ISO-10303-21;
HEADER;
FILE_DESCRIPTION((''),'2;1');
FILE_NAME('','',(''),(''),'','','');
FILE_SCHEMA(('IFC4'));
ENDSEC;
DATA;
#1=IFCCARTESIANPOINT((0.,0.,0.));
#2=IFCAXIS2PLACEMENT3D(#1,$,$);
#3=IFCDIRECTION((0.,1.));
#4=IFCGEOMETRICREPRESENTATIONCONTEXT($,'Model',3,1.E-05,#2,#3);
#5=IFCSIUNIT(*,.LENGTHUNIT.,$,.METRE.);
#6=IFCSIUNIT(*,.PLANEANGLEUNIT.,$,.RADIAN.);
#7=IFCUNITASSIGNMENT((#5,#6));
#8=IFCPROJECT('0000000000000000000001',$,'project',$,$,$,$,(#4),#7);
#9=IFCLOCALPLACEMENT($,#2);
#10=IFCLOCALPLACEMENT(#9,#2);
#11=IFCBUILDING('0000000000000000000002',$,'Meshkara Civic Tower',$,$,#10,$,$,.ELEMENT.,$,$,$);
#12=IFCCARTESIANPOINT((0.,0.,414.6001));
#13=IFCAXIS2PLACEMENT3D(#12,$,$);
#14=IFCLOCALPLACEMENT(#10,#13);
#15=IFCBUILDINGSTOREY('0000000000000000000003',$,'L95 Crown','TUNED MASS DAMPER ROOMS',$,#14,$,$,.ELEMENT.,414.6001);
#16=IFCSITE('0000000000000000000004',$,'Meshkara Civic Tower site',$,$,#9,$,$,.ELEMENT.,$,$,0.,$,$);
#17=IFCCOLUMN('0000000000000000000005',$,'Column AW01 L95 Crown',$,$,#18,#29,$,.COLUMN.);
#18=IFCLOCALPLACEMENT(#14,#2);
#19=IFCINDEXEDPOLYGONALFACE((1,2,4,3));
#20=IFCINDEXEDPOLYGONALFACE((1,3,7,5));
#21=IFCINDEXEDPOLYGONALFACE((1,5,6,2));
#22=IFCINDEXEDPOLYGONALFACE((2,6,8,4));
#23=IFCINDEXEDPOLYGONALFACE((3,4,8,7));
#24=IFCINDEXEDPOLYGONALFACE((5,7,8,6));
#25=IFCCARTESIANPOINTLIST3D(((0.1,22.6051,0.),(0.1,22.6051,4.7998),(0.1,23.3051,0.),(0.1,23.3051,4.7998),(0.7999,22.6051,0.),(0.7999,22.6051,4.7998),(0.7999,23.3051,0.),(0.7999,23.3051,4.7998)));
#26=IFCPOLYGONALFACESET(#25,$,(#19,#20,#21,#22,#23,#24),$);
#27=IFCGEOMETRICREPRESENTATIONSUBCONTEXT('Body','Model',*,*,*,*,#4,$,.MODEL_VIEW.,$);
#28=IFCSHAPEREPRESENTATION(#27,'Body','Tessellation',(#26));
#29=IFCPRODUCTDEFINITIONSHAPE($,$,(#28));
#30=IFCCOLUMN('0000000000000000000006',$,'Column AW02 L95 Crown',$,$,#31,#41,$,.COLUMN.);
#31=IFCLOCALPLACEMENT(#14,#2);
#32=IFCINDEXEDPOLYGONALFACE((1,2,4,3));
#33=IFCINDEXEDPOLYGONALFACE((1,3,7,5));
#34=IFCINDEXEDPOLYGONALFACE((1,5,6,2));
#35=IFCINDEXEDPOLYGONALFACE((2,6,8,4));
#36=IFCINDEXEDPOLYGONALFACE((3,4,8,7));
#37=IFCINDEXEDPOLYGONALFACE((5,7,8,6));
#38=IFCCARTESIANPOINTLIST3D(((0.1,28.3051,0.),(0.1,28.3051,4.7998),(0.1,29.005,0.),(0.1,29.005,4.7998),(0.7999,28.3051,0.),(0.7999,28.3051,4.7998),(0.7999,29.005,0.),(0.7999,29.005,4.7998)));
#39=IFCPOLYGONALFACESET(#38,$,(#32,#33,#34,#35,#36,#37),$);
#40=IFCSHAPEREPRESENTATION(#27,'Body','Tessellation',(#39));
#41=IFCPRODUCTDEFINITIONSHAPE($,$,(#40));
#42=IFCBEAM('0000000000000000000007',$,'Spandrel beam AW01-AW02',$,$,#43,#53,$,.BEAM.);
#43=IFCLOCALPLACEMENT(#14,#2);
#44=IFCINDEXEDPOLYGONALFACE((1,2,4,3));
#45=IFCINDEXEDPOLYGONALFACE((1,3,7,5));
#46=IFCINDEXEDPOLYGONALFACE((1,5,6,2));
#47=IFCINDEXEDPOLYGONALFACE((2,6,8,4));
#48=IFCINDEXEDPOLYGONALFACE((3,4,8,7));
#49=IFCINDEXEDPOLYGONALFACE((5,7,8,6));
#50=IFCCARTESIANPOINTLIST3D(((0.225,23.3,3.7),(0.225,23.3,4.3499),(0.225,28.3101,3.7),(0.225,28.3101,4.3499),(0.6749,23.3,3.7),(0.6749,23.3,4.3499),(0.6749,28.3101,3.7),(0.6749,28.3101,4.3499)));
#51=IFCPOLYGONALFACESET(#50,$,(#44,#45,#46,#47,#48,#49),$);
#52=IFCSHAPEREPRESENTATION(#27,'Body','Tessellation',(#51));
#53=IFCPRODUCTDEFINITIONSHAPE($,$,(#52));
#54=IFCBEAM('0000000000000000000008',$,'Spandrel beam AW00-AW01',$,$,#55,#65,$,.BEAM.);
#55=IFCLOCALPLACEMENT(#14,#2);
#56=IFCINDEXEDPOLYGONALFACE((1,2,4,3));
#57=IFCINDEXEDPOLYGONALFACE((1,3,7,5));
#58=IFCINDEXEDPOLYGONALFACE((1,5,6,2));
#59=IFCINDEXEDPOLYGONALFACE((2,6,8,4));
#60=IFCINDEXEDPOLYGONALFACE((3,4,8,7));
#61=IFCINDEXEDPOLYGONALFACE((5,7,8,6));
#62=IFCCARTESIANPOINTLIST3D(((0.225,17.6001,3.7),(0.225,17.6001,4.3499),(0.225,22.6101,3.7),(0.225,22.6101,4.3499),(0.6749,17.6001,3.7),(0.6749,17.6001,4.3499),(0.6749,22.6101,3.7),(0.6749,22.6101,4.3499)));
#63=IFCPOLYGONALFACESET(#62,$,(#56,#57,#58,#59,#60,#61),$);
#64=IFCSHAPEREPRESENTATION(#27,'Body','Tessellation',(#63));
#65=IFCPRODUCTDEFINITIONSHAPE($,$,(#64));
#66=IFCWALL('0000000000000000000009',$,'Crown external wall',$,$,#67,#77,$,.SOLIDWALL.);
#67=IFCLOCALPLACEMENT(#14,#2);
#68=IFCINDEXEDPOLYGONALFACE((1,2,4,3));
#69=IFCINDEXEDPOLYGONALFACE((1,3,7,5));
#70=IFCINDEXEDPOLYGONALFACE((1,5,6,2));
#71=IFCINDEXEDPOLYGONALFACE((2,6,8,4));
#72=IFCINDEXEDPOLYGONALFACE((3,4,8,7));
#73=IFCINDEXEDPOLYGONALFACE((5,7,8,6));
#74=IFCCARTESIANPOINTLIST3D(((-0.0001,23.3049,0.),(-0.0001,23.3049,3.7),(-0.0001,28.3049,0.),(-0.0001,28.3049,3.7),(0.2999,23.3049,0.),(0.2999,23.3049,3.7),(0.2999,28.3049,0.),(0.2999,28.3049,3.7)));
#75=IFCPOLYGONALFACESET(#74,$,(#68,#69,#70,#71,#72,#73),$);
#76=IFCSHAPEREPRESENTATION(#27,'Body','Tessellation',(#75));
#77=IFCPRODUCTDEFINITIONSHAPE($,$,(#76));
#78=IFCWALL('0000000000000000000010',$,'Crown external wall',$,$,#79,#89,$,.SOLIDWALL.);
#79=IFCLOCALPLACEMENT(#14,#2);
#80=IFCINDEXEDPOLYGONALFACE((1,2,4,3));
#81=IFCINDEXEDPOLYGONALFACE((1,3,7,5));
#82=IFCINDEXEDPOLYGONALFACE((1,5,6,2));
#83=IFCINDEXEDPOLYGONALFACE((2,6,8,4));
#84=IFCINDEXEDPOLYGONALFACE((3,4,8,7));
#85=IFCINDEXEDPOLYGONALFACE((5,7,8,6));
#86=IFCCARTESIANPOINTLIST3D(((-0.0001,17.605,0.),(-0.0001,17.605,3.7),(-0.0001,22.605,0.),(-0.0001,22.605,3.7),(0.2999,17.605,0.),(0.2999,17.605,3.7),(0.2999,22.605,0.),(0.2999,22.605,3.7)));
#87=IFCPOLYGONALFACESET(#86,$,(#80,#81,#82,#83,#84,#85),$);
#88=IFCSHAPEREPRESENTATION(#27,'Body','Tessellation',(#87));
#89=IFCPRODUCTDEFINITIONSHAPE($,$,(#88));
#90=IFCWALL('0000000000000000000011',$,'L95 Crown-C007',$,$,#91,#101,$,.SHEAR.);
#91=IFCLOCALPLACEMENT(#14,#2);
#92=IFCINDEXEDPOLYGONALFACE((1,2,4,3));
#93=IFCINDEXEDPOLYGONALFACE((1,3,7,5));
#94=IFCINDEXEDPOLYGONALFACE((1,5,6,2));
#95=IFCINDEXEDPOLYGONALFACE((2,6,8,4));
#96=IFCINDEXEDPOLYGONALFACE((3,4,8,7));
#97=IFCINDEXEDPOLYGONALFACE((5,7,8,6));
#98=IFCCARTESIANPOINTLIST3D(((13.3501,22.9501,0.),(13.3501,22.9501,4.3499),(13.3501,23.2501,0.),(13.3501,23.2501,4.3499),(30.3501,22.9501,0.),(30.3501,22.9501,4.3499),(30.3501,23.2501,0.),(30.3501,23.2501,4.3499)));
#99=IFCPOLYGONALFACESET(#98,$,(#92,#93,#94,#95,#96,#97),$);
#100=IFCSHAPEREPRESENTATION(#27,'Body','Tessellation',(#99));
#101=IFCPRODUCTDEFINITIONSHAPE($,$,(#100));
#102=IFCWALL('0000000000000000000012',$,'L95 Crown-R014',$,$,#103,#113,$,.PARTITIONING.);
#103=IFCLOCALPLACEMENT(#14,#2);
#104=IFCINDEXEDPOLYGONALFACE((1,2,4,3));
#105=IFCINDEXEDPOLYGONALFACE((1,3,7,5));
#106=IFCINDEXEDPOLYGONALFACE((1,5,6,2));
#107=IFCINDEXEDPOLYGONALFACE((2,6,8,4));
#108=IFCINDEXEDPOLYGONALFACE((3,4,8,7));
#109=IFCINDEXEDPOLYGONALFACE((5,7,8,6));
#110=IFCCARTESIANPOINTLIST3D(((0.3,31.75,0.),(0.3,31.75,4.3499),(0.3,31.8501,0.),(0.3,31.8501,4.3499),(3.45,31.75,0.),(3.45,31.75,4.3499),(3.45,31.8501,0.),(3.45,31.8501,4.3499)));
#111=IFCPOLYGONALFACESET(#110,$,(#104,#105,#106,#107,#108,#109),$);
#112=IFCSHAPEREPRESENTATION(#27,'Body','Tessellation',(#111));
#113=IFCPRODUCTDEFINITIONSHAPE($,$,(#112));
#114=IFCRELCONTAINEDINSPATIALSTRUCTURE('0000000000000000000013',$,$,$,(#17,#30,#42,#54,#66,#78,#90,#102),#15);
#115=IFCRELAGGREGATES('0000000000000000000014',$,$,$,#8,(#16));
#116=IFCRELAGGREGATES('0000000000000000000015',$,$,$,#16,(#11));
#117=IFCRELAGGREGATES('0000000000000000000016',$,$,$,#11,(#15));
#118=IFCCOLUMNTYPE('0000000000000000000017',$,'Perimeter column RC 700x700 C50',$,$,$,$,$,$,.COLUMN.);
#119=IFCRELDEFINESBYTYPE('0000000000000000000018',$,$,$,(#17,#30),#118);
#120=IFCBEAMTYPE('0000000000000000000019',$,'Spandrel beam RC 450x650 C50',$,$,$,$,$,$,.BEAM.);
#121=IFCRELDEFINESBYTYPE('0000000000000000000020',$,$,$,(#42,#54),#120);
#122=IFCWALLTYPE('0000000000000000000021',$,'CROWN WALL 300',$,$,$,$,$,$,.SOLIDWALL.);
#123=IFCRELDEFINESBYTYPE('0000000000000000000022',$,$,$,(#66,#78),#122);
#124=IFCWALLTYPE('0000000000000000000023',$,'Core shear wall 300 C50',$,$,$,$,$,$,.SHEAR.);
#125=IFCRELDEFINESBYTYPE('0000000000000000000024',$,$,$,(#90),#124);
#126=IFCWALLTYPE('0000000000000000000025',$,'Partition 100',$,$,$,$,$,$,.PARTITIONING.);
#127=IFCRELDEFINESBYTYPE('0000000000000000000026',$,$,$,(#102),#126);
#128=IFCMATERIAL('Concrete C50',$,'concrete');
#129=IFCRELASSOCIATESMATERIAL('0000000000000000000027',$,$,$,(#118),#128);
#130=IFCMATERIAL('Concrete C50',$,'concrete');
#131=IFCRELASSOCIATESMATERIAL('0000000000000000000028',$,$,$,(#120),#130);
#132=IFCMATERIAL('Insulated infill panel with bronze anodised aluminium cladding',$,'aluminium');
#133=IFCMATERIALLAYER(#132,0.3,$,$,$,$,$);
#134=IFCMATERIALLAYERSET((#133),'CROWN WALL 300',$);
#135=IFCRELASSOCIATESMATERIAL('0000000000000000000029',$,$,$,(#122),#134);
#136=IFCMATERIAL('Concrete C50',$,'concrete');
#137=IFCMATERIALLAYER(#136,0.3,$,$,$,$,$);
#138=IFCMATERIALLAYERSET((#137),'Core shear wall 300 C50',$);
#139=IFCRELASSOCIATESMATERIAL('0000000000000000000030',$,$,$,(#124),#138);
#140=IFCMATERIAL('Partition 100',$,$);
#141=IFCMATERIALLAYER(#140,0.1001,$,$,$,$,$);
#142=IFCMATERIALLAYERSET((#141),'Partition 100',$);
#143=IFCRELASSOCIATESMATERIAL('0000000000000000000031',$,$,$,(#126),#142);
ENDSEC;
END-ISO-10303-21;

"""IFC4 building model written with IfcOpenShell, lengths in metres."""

from ifc_helpers import new_model, si_unit, direction, frame, frame_2d, origin, origin_2d, place, context, subcontext, project, spatial, rectangle, extrude, material, layer, layer_set, material_profile, profile_set, type_object, element, save


model = new_model("IFC4")

# Units and contexts
model_context = context("Model", 3, precision=1e-05, world=origin(), true_north=direction((0.0, 1.0)))
body_context = subcontext(model_context, "Body", "Model", "MODEL_VIEW")
ifc_project = project(units=[si_unit("LENGTHUNIT", "METRE"), si_unit("PLANEANGLEUNIT", "RADIAN")], contexts=[model_context])

# Site, building, storey
site_placement = place(None, origin())
site = spatial("IfcSite", under=ifc_project, at=site_placement, Name="Meshkara Civic Tower site", CompositionType="ELEMENT", RefElevation=0.0)
building_placement = place(site_placement, origin())
building = spatial("IfcBuilding", under=site, at=building_placement, Name="Meshkara Civic Tower", CompositionType="ELEMENT")
storey_placement = place(building_placement, frame((0.0, 0.0, 414.6001)))
storey = spatial("IfcBuildingStorey", under=building, at=storey_placement, Name="L95 Crown", Description="TUNED MASS DAMPER ROOMS", CompositionType="ELEMENT", Elevation=414.6001)

# Columns
ifc_material_1 = material(Name="Concrete C50", Category="concrete")
ifc_material_profile_1 = material_profile(ifc_material_1, rectangle(XDim=0.7, YDim=0.7, at=origin_2d()))
ifc_profile_set_1 = profile_set([ifc_material_profile_1], Name="Concrete C50")
column_type = type_object("IfcColumnType", Name="Perimeter column RC 700x700 C50", PredefinedType="COLUMN", material=ifc_profile_set_1)
for number, where, z_axis, x_axis, name in (
    (1, (0.45, 22.9551, 0.0), (0.0, 0.0, 1.0), (1.0, 0.0, 0.0), "Column AW01 L95 Crown"),
    (2, (0.45, 28.655, 0.0), (0.0, 0.0, 1.0), (1.0, 0.0, 0.0), "Column AW02 L95 Crown"),
):
    element("IfcColumn", number, at=place(storey_placement, frame(where, z_axis=z_axis, x_axis=x_axis)), inside=storey, type_object=column_type, Name=name, PredefinedType="COLUMN", context=body_context, shape_type="SweptSolid", body=[
        extrude(rectangle(XDim=0.7, YDim=0.7, at=origin_2d()), origin(), (0.0, 0.0, 1.0), 4.7998),
    ])

# Beams
ifc_material_2 = material(Name="Concrete C50", Category="concrete")
ifc_material_profile_2 = material_profile(ifc_material_2, rectangle(XDim=0.45, YDim=0.6499, at=origin_2d()))
ifc_profile_set_2 = profile_set([ifc_material_profile_2], Name="Concrete C50")
beam_type = type_object("IfcBeamType", Name="Spandrel beam RC 450x650 C50", PredefinedType="BEAM", material=ifc_profile_set_2)
for number, where, z_axis, x_axis, name in (
    (3, (0.45, 28.3101, 4.0249), (0.0, -1.0, 0.0), (1.0, 0.0, 0.0), "Spandrel beam AW01-AW02"),
    (4, (0.45, 22.6101, 4.0249), (0.0, -1.0, 0.0), (1.0, 0.0, 0.0), "Spandrel beam AW00-AW01"),
):
    element("IfcBeam", number, at=place(storey_placement, frame(where, z_axis=z_axis, x_axis=x_axis)), inside=storey, type_object=beam_type, Name=name, PredefinedType="BEAM", context=body_context, shape_type="SweptSolid", body=[
        extrude(rectangle(XDim=0.45, YDim=0.6499, at=origin_2d()), origin(), (0.0, 0.0, 1.0), 5.01),
    ])

# Walls
ifc_material_3 = material(Name="Insulated infill panel with bronze anodised aluminium cladding", Category="aluminium")
ifc_layer_1 = layer(ifc_material_3, 0.3)
ifc_layer_set_1 = layer_set([ifc_layer_1], Name="CROWN WALL 300")
wall_type_1 = type_object("IfcWallType", Name="CROWN WALL 300", PredefinedType="SOLIDWALL", material=ifc_layer_set_1)
for number, where, z_axis, x_axis, name in (
    (5, (0.1499, 28.3049, 0.0), (0.0, 0.0, 1.0), (0.0, -1.0, 0.0), "Crown external wall"),
    (6, (0.1499, 22.605, 0.0), (0.0, 0.0, 1.0), (0.0, -1.0, 0.0), "Crown external wall"),
):
    element("IfcWall", number, at=place(storey_placement, frame(where, z_axis=z_axis, x_axis=x_axis)), inside=storey, type_object=wall_type_1, Name=name, PredefinedType="SOLIDWALL", context=body_context, shape_type="SweptSolid", body=[
        extrude(rectangle(XDim=5.0, YDim=0.3, at=frame_2d((2.5, 0.0))), origin(), (0.0, 0.0, 1.0), 3.7),
    ])
ifc_material_4 = material(Name="Concrete C50", Category="concrete")
ifc_layer_2 = layer(ifc_material_4, 0.3)
ifc_layer_set_2 = layer_set([ifc_layer_2], Name="Core shear wall 300 C50")
wall_type_2 = type_object("IfcWallType", Name="Core shear wall 300 C50", PredefinedType="SHEAR", material=ifc_layer_set_2)
wall_1_placement = place(storey_placement, frame((13.3501, 23.1001, 0.0), z_axis=(0.0, 0.0, 1.0), x_axis=(1.0, 0.0, 0.0)))
element("IfcWall", 7, at=wall_1_placement, inside=storey, type_object=wall_type_2, Name="L95 Crown-C007", PredefinedType="SHEAR", context=body_context, shape_type="SweptSolid", body=[
    extrude(rectangle(XDim=17.0, YDim=0.3, at=frame_2d((8.5, 0.0))), origin(), (0.0, 0.0, 1.0), 4.3499),
])
ifc_material_5 = material(Name="Partition 100")
ifc_layer_3 = layer(ifc_material_5, 0.1001)
ifc_layer_set_3 = layer_set([ifc_layer_3], Name="Partition 100")
wall_type_3 = type_object("IfcWallType", Name="Partition 100", PredefinedType="PARTITIONING", material=ifc_layer_set_3)
wall_2_placement = place(storey_placement, frame((3.45, 31.8, 0.0), z_axis=(0.0, 0.0, 1.0), x_axis=(-1.0, 0.0, 0.0)))
element("IfcWall", 8, at=wall_2_placement, inside=storey, type_object=wall_type_3, Name="L95 Crown-R014", PredefinedType="PARTITIONING", context=body_context, shape_type="SweptSolid", body=[
    extrude(rectangle(XDim=3.1499, YDim=0.1001, at=frame_2d((1.575, 0.0))), origin(), (0.0, 0.0, 1.0), 4.3499),
])

save(model, "model.ifc")
